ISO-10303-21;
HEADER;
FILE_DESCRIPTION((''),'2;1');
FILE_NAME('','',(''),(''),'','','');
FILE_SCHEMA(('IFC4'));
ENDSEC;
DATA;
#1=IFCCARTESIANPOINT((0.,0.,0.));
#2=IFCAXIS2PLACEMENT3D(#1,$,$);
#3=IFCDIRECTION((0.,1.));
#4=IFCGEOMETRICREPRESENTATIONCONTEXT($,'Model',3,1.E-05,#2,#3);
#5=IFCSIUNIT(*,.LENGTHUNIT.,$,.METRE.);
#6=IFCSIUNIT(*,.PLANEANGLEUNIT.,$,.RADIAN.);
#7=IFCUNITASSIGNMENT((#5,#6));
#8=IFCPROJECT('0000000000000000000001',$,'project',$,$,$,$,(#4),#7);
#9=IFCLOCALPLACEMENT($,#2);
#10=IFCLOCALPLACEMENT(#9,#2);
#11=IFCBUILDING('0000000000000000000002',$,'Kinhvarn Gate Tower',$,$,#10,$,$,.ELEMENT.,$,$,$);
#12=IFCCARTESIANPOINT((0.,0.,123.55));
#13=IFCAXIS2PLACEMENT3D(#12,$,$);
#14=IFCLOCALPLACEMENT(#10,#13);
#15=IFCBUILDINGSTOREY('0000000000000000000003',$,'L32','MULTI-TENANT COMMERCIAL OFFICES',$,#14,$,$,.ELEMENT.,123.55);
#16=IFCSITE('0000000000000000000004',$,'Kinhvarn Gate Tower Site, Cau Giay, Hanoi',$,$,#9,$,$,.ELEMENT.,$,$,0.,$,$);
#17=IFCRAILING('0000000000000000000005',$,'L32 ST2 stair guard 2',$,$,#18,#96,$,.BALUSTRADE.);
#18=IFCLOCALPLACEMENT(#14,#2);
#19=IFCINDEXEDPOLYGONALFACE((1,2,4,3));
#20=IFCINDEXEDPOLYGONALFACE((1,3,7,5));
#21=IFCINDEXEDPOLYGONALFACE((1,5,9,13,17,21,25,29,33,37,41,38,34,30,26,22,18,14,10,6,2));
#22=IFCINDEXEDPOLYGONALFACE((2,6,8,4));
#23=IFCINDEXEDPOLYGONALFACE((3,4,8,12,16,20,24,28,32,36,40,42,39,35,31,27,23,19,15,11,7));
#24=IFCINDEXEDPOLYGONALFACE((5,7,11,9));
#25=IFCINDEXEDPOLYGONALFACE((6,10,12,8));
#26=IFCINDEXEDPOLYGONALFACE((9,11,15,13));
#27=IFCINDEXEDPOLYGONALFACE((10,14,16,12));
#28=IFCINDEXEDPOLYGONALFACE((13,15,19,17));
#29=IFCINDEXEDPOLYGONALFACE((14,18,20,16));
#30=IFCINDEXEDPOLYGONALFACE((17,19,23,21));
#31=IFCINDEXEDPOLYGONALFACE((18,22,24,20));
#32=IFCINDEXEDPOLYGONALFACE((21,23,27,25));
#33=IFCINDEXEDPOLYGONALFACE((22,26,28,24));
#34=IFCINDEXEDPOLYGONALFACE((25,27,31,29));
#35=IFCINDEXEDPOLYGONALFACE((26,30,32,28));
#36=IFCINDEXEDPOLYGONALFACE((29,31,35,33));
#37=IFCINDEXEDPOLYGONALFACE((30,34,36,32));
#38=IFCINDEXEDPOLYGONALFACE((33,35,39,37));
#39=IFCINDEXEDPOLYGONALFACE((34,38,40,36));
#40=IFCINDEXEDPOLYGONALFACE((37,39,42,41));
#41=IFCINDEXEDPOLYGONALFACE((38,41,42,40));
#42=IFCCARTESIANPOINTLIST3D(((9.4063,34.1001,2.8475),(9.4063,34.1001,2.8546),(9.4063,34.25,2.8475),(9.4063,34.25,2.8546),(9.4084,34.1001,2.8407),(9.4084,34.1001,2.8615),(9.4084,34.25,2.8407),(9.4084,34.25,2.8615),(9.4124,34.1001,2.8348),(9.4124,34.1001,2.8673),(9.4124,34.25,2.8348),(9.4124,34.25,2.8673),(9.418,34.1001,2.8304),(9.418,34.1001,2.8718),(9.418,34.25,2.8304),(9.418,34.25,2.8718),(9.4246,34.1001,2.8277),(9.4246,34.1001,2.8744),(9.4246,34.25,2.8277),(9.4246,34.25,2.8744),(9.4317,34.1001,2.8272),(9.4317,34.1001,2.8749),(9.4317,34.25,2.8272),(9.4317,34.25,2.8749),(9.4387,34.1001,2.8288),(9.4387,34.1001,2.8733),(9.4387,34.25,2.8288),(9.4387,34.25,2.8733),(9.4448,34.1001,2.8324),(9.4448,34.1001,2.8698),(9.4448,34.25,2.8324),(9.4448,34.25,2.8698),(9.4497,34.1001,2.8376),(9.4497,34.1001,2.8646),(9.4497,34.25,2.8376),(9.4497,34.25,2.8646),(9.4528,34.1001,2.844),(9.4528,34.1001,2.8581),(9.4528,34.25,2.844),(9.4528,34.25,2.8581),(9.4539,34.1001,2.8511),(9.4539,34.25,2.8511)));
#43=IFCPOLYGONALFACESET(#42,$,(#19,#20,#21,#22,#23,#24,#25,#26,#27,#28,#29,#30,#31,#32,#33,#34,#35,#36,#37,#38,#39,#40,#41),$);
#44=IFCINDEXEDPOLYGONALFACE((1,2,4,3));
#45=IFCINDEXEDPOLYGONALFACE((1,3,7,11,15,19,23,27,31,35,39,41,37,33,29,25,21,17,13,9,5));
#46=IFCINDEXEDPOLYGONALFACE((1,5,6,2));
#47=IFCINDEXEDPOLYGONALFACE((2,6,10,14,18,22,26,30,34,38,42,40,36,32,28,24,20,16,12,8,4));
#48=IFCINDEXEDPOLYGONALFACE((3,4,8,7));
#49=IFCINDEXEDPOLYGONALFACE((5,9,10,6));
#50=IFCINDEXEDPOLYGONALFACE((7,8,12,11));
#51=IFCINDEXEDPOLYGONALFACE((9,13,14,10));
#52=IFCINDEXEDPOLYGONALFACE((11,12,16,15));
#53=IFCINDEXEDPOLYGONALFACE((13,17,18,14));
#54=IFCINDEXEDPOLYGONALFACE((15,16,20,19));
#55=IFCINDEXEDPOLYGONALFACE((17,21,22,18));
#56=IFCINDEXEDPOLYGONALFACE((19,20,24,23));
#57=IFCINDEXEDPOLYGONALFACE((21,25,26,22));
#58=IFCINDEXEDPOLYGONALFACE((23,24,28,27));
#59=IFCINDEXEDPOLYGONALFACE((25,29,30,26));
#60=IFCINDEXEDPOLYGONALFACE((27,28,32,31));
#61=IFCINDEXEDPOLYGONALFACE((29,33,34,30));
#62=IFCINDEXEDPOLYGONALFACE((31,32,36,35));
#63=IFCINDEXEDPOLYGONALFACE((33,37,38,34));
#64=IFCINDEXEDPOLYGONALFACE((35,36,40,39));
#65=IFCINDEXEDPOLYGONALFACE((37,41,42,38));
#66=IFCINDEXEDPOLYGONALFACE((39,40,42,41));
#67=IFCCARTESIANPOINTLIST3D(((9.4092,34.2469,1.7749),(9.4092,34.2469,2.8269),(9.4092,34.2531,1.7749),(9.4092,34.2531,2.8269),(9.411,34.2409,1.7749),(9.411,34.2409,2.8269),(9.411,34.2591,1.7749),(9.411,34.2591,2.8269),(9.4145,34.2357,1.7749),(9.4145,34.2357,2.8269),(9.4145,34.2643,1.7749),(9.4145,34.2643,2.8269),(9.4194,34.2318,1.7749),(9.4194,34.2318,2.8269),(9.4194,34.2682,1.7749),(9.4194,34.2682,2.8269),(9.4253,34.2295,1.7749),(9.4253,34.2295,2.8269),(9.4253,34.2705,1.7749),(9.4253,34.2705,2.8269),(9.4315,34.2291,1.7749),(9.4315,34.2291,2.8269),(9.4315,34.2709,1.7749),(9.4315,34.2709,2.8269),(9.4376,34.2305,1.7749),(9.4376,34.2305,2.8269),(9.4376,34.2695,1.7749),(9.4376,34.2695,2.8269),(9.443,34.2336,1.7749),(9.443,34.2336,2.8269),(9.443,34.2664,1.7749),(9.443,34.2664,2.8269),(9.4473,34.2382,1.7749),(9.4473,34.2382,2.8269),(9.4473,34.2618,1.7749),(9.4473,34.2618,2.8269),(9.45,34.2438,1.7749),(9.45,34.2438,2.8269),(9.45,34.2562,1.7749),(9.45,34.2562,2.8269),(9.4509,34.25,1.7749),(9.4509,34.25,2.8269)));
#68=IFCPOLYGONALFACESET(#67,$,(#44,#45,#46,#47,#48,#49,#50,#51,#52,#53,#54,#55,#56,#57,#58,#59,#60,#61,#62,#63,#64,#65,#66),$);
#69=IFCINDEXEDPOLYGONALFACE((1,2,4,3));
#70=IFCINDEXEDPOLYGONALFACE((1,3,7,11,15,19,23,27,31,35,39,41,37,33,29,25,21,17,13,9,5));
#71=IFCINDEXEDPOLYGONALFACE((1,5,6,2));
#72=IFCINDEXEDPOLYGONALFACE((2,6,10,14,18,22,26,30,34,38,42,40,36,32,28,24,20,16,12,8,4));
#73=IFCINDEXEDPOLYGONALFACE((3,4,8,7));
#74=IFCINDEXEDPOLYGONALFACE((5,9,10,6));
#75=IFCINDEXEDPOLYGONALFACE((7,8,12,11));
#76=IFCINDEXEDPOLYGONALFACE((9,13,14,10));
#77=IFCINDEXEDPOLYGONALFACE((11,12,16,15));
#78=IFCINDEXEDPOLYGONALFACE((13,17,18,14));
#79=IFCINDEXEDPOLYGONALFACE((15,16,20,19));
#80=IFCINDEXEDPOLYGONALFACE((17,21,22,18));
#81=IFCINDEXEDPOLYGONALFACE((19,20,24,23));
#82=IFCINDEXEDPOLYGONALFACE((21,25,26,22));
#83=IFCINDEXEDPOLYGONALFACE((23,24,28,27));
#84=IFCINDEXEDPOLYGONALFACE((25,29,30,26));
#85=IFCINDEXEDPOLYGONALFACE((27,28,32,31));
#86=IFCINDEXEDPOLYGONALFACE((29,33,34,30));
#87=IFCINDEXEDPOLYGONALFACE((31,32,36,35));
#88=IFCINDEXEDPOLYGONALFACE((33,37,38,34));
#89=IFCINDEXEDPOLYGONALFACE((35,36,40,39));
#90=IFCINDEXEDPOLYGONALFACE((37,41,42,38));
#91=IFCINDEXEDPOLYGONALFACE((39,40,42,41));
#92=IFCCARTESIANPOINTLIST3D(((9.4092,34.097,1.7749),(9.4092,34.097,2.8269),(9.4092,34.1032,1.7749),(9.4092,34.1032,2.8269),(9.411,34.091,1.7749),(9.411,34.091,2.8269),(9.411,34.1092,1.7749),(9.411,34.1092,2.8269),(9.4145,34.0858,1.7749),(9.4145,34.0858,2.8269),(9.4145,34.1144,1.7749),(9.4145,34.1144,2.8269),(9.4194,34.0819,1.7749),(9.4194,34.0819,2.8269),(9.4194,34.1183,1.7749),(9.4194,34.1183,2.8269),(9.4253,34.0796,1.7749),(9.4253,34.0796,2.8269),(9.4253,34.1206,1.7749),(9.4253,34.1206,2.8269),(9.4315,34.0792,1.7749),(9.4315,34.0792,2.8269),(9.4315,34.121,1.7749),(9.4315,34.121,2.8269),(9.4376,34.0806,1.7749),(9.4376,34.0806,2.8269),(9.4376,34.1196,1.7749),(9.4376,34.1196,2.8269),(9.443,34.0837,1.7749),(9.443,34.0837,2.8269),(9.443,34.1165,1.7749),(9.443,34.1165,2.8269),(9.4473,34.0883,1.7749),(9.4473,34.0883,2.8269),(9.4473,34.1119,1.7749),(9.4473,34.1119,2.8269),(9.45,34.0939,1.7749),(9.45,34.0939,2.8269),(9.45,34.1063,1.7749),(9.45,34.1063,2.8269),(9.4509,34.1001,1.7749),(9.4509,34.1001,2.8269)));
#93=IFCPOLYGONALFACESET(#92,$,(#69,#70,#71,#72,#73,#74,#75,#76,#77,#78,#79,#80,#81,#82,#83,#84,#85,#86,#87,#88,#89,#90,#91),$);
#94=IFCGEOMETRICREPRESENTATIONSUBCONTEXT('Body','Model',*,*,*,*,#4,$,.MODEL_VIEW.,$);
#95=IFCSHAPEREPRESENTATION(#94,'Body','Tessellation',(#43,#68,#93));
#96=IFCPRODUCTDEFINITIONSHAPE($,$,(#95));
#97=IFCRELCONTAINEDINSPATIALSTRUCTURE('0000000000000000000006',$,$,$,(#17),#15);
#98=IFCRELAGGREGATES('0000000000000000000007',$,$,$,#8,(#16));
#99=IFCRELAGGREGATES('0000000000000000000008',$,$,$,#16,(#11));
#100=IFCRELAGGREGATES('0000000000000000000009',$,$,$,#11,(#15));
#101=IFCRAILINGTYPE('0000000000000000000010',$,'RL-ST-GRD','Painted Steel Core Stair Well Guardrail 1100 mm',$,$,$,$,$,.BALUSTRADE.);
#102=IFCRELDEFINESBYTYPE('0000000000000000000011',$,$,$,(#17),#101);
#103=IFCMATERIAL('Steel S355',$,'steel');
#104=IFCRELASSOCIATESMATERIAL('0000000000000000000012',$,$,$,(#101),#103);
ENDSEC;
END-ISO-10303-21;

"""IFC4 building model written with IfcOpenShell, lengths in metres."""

from ifc_helpers import new_model, si_unit, direction, frame, origin, origin_2d, place, context, subcontext, project, spatial, circle, extrude, material, type_object, element, save


model = new_model("IFC4")

# Units and contexts
model_context = context("Model", 3, precision=1e-05, world=origin(), true_north=direction((0.0, 1.0)))
body_context = subcontext(model_context, "Body", "Model", "MODEL_VIEW")
ifc_project = project(units=[si_unit("LENGTHUNIT", "METRE"), si_unit("PLANEANGLEUNIT", "RADIAN")], contexts=[model_context])

# Site, building, storey
site_placement = place(None, origin())
site = spatial("IfcSite", under=ifc_project, at=site_placement, Name="Kinhvarn Gate Tower Site, Cau Giay, Hanoi", CompositionType="ELEMENT", RefElevation=0.0)
building_placement = place(site_placement, origin())
building = spatial("IfcBuilding", under=site, at=building_placement, Name="Kinhvarn Gate Tower", CompositionType="ELEMENT")
storey_placement = place(building_placement, frame((0.0, 0.0, 123.55)))
storey = spatial("IfcBuildingStorey", under=building, at=storey_placement, Name="L32", Description="MULTI-TENANT COMMERCIAL OFFICES", CompositionType="ELEMENT", Elevation=123.55)

# Shared definitions
ifc_material_1 = material(Name="Steel S355", Category="steel")

# Railing
railing_type_1 = type_object("IfcRailingType", Name="RL-ST-GRD", Description="Painted Steel Core Stair Well Guardrail 1100 mm", PredefinedType="BALUSTRADE", material=ifc_material_1)
railing_1_placement = place(storey_placement, frame((9.4299, 34.25, 1.7749)))
element("IfcRailing", 1, at=railing_1_placement, inside=storey, type_object=railing_type_1, Name="L32 ST2 stair guard 2", PredefinedType="BALUSTRADE", context=body_context, shape_type="SweptSolid", body=[
    extrude(circle(Radius=0.0239, at=origin_2d()), frame((0.0, 0.0, 1.0762), z_axis=(0.0, -1.0, 0.0), x_axis=(1.0, 0.0, 0.0)), (0.0, 0.0, 1.0), 0.1499),
    extrude(circle(Radius=0.021, at=origin_2d()), origin(), (0.0, 0.0, 1.0), 1.052),
    extrude(circle(Radius=0.021, at=origin_2d()), frame((0.0, -0.1499, 0.0)), (0.0, 0.0, 1.0), 1.052),
])

save(model, "model.ifc")
